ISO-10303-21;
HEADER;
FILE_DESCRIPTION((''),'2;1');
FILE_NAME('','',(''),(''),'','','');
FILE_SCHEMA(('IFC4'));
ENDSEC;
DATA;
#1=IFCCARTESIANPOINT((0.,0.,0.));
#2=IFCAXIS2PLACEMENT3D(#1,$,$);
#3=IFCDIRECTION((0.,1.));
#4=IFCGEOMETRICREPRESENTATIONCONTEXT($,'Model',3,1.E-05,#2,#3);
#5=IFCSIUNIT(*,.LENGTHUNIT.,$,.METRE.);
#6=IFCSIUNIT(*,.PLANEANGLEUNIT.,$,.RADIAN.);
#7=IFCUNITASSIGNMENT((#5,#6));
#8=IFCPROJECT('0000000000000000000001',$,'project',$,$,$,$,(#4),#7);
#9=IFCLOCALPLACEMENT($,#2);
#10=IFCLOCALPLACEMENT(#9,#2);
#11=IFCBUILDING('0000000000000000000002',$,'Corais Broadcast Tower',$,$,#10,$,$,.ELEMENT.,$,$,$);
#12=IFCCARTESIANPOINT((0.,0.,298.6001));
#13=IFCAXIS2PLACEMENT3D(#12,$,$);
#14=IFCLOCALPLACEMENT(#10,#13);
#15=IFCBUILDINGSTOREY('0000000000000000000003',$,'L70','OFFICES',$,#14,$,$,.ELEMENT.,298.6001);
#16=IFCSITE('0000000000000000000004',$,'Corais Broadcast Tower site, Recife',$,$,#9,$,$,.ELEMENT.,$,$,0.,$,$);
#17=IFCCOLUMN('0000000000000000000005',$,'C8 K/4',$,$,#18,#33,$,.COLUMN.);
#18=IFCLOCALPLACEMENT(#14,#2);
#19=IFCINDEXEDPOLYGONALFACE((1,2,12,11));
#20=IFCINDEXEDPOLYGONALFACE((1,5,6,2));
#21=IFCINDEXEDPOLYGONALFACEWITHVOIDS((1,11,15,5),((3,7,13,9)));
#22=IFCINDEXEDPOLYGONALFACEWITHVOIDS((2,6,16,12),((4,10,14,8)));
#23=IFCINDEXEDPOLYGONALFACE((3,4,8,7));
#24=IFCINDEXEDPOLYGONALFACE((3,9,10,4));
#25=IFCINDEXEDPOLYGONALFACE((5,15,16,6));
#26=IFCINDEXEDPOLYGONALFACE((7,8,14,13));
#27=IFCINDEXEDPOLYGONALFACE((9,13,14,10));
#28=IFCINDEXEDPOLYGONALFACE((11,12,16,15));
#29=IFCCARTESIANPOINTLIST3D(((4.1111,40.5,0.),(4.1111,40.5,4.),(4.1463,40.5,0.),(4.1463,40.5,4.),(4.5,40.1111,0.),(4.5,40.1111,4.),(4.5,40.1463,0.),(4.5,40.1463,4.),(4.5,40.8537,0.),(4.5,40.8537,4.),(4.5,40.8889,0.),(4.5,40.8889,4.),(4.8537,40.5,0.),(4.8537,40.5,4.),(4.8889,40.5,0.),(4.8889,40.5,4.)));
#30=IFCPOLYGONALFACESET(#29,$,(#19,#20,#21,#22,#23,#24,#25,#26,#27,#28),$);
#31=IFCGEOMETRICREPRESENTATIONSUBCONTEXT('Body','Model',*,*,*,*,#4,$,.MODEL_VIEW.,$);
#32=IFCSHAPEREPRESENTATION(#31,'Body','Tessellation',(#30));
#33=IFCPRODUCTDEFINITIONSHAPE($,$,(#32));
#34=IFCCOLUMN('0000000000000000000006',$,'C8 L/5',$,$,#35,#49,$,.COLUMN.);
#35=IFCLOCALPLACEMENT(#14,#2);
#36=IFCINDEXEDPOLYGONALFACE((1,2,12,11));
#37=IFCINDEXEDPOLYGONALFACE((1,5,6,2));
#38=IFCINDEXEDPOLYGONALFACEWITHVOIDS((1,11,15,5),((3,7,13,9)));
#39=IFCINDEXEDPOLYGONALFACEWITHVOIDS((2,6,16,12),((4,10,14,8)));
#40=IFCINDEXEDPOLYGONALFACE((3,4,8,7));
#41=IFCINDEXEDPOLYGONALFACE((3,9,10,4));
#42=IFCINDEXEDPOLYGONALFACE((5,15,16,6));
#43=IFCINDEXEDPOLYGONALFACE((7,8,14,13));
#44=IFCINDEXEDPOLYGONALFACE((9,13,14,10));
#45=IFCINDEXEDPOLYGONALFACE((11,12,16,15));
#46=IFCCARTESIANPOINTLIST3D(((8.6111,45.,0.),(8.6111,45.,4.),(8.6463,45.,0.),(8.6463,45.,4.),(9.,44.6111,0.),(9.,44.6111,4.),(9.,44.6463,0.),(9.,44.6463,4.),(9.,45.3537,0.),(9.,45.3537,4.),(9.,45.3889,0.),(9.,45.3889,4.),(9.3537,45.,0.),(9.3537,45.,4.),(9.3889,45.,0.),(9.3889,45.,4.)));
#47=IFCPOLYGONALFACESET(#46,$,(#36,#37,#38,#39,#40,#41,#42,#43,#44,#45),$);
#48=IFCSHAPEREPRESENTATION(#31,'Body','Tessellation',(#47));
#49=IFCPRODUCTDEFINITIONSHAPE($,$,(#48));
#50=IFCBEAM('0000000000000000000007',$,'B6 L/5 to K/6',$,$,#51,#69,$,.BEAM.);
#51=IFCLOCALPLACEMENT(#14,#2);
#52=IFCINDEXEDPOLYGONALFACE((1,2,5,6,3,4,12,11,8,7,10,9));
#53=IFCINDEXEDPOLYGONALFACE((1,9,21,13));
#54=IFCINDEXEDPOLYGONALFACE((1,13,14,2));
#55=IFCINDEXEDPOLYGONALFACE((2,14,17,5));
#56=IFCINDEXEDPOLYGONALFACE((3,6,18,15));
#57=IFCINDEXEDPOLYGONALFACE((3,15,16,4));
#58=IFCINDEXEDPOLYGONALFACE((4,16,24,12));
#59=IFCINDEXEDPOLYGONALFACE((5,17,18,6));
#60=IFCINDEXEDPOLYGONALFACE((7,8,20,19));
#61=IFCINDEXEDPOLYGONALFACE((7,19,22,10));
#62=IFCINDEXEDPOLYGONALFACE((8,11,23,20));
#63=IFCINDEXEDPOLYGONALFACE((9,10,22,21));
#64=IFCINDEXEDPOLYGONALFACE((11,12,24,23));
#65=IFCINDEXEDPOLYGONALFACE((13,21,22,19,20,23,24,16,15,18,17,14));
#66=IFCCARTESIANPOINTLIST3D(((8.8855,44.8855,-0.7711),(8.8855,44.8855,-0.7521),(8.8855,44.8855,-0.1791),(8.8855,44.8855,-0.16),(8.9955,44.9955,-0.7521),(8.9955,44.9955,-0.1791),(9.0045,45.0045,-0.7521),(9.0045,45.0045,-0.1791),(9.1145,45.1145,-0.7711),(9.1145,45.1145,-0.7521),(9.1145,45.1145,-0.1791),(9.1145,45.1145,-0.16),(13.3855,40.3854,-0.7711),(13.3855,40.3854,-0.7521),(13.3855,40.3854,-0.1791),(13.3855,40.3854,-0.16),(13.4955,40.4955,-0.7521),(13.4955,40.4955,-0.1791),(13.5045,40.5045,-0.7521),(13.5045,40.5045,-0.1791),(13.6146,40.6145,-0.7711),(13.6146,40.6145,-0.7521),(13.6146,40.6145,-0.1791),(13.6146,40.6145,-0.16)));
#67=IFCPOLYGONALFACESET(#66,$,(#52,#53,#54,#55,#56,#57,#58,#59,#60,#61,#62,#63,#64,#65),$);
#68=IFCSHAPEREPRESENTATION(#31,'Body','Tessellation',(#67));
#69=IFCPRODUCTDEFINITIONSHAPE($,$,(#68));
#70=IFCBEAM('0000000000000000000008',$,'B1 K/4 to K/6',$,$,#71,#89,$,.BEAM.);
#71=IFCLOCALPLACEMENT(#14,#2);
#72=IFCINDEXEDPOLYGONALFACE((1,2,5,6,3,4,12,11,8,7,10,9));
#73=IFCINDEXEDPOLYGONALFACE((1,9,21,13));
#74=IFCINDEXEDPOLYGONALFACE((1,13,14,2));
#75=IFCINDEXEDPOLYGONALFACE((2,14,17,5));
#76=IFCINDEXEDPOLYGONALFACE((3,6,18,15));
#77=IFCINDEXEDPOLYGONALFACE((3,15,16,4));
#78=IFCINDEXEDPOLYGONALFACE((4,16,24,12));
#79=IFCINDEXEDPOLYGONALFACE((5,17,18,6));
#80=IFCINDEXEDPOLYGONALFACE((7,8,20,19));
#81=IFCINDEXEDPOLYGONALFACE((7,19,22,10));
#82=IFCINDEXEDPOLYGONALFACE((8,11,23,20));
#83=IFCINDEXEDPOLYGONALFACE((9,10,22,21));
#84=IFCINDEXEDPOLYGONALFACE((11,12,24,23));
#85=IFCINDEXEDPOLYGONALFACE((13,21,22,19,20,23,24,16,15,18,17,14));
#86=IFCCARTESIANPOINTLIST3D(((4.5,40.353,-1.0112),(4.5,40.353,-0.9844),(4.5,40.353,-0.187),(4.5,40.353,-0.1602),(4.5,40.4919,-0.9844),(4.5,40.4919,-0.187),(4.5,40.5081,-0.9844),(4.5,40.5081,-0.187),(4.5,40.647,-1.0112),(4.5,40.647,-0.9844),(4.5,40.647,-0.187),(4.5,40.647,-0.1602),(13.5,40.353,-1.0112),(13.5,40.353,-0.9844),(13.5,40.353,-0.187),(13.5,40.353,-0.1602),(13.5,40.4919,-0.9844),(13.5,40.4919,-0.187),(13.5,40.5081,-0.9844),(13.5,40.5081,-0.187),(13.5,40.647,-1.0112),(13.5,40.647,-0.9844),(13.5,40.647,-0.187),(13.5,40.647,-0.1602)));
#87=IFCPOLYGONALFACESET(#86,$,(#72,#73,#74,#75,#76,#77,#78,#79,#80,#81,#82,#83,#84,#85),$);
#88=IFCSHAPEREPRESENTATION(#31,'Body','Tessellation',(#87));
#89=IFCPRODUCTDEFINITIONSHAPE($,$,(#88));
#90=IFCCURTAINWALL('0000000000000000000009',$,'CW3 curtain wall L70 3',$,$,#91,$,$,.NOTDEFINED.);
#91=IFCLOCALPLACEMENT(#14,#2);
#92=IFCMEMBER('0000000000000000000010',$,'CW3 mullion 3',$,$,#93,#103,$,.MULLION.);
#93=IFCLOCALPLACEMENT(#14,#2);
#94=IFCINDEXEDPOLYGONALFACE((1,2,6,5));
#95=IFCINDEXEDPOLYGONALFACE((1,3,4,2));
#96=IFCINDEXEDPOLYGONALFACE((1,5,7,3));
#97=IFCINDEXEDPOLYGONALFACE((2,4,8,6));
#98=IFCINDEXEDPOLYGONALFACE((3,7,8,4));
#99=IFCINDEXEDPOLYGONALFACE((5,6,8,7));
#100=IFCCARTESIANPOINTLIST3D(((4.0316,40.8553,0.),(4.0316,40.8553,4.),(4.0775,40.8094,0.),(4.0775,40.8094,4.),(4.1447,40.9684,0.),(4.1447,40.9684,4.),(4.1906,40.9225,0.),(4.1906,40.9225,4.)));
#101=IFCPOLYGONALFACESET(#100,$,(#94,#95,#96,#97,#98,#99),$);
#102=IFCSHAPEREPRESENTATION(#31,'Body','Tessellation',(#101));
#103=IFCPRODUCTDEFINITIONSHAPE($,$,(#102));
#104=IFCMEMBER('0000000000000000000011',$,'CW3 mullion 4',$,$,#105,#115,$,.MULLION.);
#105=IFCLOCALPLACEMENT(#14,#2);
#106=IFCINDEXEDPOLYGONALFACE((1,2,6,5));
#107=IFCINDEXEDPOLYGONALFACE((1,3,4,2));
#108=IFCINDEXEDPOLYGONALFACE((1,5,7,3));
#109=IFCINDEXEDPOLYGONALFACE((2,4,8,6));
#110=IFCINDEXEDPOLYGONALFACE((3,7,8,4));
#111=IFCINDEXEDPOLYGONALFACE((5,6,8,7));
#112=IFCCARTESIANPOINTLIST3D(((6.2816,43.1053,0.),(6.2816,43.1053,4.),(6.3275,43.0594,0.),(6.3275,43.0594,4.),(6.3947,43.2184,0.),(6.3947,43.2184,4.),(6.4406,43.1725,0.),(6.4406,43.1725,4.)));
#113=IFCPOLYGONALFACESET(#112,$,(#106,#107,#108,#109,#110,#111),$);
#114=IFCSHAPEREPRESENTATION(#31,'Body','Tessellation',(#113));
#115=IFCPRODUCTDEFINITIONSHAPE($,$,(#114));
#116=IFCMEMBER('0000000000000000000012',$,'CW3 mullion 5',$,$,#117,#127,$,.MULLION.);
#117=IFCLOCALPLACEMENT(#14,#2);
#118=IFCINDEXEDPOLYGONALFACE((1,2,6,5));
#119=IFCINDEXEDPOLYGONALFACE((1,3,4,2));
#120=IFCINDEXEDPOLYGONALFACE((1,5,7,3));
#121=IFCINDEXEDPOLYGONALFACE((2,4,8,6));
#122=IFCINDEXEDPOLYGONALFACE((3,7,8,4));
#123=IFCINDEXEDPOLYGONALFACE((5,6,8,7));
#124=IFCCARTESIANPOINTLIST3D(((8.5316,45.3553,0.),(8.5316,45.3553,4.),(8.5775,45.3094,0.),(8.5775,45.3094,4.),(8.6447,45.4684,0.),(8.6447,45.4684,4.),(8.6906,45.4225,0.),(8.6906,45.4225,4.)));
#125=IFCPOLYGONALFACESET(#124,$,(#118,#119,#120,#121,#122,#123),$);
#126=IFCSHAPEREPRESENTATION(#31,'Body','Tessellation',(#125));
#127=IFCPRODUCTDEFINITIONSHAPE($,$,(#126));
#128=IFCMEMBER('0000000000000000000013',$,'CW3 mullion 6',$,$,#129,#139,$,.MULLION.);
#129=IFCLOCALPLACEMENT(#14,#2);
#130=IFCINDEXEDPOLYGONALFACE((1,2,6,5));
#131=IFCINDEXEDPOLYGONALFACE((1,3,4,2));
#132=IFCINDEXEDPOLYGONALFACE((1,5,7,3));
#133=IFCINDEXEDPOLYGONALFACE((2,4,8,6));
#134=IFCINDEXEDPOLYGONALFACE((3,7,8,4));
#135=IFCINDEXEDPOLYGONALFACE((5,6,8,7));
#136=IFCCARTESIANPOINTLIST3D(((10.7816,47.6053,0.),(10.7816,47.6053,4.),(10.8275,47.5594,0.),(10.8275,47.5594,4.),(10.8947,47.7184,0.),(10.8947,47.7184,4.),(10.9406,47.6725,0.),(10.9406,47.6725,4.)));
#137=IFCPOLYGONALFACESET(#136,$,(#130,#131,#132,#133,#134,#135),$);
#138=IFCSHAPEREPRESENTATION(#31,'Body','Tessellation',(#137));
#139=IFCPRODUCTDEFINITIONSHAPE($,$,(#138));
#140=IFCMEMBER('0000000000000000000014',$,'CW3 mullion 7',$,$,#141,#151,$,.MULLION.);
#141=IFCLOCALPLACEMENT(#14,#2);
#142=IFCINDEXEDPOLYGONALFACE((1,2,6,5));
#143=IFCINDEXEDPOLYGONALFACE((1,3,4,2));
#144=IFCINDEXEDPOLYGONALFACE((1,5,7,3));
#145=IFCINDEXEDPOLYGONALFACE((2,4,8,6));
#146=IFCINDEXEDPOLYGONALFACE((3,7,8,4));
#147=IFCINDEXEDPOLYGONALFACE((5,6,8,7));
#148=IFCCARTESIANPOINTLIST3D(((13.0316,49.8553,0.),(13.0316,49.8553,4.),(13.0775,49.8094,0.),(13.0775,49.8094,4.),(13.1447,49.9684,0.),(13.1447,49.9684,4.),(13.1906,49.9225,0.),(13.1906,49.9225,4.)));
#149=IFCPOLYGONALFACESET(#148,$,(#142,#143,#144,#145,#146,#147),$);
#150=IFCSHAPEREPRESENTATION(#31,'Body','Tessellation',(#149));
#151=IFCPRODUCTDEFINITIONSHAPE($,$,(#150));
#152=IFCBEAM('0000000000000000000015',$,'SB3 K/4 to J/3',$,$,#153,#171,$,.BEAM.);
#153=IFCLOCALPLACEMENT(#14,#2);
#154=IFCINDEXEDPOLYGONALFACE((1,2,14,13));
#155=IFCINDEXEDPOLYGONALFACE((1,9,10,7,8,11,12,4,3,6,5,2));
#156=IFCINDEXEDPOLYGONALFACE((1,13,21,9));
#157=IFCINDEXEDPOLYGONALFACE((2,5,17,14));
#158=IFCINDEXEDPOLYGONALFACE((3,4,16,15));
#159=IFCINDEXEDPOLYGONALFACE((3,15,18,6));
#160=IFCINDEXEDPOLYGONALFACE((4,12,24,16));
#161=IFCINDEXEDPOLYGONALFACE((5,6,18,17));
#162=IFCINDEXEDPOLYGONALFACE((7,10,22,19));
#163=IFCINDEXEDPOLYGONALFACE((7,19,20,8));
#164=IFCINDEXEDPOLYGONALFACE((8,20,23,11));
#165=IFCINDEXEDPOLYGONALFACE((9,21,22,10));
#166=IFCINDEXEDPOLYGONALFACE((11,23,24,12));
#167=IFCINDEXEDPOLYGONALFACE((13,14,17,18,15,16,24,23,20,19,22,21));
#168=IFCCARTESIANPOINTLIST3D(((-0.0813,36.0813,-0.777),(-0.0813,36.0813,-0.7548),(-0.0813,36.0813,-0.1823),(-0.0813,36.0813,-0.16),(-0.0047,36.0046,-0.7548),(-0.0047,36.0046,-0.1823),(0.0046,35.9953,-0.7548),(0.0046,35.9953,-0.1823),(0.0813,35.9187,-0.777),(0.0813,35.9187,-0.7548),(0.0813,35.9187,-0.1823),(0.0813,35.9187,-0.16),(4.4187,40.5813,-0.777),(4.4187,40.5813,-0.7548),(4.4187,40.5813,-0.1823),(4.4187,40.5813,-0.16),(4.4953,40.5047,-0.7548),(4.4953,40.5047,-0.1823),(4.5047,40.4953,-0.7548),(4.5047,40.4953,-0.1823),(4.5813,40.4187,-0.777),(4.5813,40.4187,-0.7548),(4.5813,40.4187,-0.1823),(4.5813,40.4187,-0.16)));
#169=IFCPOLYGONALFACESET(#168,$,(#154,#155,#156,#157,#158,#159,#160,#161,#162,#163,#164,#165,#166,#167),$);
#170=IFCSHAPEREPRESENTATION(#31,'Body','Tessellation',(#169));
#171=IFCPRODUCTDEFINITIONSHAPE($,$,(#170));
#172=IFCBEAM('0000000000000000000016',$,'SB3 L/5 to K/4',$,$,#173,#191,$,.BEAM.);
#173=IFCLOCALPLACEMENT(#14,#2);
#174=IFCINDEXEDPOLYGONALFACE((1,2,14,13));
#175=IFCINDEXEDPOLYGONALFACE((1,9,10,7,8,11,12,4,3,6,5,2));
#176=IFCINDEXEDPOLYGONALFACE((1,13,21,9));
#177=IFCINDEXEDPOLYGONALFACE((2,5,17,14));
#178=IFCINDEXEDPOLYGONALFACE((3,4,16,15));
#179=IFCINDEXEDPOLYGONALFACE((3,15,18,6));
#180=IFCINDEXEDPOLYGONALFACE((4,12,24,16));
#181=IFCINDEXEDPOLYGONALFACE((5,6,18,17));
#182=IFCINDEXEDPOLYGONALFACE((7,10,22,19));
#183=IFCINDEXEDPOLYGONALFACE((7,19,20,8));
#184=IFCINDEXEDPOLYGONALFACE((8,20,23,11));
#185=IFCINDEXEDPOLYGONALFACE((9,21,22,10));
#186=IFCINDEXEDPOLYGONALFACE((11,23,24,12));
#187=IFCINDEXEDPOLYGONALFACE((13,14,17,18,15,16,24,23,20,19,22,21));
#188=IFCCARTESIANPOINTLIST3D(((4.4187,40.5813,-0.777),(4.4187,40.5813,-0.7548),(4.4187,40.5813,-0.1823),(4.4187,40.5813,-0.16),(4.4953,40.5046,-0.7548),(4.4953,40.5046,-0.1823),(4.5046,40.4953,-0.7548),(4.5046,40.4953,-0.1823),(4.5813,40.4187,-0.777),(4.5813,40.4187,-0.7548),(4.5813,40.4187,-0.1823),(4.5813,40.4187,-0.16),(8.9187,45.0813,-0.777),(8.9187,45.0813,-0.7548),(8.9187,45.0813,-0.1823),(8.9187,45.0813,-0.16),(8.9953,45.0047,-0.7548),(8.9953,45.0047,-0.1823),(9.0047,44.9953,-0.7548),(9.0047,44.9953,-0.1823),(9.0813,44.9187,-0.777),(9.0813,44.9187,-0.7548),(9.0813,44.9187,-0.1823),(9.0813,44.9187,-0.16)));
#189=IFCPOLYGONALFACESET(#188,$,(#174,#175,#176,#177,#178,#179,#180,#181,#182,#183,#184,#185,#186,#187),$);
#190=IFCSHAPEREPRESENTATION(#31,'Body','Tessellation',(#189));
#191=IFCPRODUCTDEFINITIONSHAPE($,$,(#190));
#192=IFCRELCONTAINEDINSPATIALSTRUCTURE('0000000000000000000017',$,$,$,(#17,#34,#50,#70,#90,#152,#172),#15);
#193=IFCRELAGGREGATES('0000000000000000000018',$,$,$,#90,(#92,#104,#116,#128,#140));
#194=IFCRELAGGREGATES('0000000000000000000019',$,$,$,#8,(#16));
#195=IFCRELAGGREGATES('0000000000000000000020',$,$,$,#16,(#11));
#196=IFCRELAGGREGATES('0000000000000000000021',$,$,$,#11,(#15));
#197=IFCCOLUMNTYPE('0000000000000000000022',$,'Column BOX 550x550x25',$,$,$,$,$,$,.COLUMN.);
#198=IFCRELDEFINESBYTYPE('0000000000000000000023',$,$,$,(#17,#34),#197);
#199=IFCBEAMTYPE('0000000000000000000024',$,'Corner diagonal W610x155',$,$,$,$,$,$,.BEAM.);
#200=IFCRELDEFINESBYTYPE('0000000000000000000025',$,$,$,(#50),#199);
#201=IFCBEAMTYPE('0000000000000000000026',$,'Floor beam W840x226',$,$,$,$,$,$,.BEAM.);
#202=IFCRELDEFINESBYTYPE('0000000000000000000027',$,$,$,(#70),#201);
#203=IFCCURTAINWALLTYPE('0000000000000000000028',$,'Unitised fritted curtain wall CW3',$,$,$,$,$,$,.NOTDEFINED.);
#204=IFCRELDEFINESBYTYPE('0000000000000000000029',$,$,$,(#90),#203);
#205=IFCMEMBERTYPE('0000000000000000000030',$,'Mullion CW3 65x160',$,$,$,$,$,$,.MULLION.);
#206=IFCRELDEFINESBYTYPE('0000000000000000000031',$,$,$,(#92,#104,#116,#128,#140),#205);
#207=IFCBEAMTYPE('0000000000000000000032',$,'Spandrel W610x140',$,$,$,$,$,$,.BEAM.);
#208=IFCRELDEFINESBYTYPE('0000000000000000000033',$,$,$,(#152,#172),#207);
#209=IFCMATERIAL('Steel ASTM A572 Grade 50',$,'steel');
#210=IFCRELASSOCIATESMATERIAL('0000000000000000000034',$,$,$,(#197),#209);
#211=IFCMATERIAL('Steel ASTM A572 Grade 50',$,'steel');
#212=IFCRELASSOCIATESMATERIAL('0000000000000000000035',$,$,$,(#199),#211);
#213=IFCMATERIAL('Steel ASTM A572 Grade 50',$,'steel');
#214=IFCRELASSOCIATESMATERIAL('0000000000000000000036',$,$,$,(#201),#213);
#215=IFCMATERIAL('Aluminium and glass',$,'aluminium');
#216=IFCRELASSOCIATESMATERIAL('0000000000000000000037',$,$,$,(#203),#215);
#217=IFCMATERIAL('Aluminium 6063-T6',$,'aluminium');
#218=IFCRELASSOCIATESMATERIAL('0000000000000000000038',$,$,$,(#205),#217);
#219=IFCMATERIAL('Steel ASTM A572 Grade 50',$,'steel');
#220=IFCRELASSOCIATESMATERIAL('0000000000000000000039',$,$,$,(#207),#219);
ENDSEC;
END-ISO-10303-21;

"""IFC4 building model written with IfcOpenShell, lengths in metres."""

from ifc_helpers import new_model, si_unit, direction, frame, origin, origin_2d, place, context, subcontext, project, spatial, rectangle, hollow_rectangle, i_section, extrude, material, material_profile, profile_set, type_object, element, aggregate, save


model = new_model("IFC4")

# Units and contexts
model_context = context("Model", 3, precision=1e-05, world=origin(), true_north=direction((0.0, 1.0)))
body_context = subcontext(model_context, "Body", "Model", "MODEL_VIEW")
ifc_project = project(units=[si_unit("LENGTHUNIT", "METRE"), si_unit("PLANEANGLEUNIT", "RADIAN")], contexts=[model_context])

# Site, building, storey
site_placement = place(None, origin())
site = spatial("IfcSite", under=ifc_project, at=site_placement, Name="Corais Broadcast Tower site, Recife", CompositionType="ELEMENT", RefElevation=0.0)
building_placement = place(site_placement, origin())
building = spatial("IfcBuilding", under=site, at=building_placement, Name="Corais Broadcast Tower", CompositionType="ELEMENT")
storey_placement = place(building_placement, frame((0.0, 0.0, 298.6001)))
storey = spatial("IfcBuildingStorey", under=building, at=storey_placement, Name="L70", Description="OFFICES", CompositionType="ELEMENT", Elevation=298.6001)

# Columns
ifc_material_1 = material(Name="Steel ASTM A572 Grade 50", Category="steel")
ifc_material_profile_1 = material_profile(ifc_material_1, hollow_rectangle(XDim=0.55, YDim=0.55, WallThickness=0.0249, at=origin_2d()), Name="BOX 550x550x25")
ifc_profile_set_1 = profile_set([ifc_material_profile_1], Name="Steel ASTM A572 Grade 50")
column_type = type_object("IfcColumnType", Name="Column BOX 550x550x25", PredefinedType="COLUMN", material=ifc_profile_set_1)
for number, where, z_axis, x_axis, name in (
    (1, (4.5, 40.5, 0.0), (0.0, 0.0, 1.0), (0.707107, 0.707107, 0.0), "C8 K/4"),
    (2, (9.0, 45.0, 0.0), (0.0, 0.0, 1.0), (0.707107, 0.707107, 0.0), "C8 L/5"),
):
    element("IfcColumn", number, at=place(storey_placement, frame(where, z_axis=z_axis, x_axis=x_axis)), inside=storey, type_object=column_type, Name=name, PredefinedType="COLUMN", context=body_context, shape_type="SweptSolid", body=[
        extrude(hollow_rectangle(XDim=0.55, YDim=0.55, WallThickness=0.0249, at=origin_2d()), origin(), (0.0, 0.0, 1.0), 4.0),
    ])

# Beams
ifc_material_2 = material(Name="Steel ASTM A572 Grade 50", Category="steel")
ifc_material_profile_2 = material_profile(ifc_material_2, i_section(OverallWidth=0.324, OverallDepth=0.6111, WebThickness=0.0127, FlangeThickness=0.019, at=origin_2d()), Name="W610x155")
ifc_profile_set_2 = profile_set([ifc_material_profile_2], Name="Steel ASTM A572 Grade 50")
beam_type_1 = type_object("IfcBeamType", Name="Corner diagonal W610x155", PredefinedType="BEAM", material=ifc_profile_set_2)
beam_1_placement = place(storey_placement, frame((9.0, 45.0, -0.4656), z_axis=(0.707107, -0.707107, 0.0), x_axis=(0.707107, 0.707107, 0.0)))
element("IfcBeam", 3, at=beam_1_placement, inside=storey, type_object=beam_type_1, Name="B6 L/5 to K/6", PredefinedType="BEAM", context=body_context, shape_type="SweptSolid", body=[
    extrude(i_section(OverallWidth=0.324, OverallDepth=0.6111, WebThickness=0.0127, FlangeThickness=0.019, at=origin_2d()), origin(), (0.0, 0.0, 1.0), 6.364),
])
ifc_material_3 = material(Name="Steel ASTM A572 Grade 50", Category="steel")
ifc_material_profile_3 = material_profile(ifc_material_3, i_section(OverallWidth=0.2939, OverallDepth=0.8511, WebThickness=0.0161, FlangeThickness=0.0269, at=origin_2d()), Name="W840x226")
ifc_profile_set_3 = profile_set([ifc_material_profile_3], Name="Steel ASTM A572 Grade 50")
beam_type_2 = type_object("IfcBeamType", Name="Floor beam W840x226", PredefinedType="BEAM", material=ifc_profile_set_3)
beam_2_placement = place(storey_placement, frame((4.5, 40.5, -0.5857), z_axis=(1.0, 0.0, 0.0), x_axis=(0.0, 1.0, 0.0)))
element("IfcBeam", 4, at=beam_2_placement, inside=storey, type_object=beam_type_2, Name="B1 K/4 to K/6", PredefinedType="BEAM", context=body_context, shape_type="SweptSolid", body=[
    extrude(i_section(OverallWidth=0.2939, OverallDepth=0.8511, WebThickness=0.0161, FlangeThickness=0.0269, at=origin_2d()), origin(), (0.0, 0.0, 1.0), 9.0),
])

# Curtain wall, members
ifc_material_4 = material(Name="Aluminium and glass", Category="aluminium")
curtain_wall_type = type_object("IfcCurtainWallType", Name="Unitised fritted curtain wall CW3", PredefinedType="NOTDEFINED", material=ifc_material_4)
curtain_wall_placement = place(storey_placement, origin())
curtain_wall = element("IfcCurtainWall", 5, at=curtain_wall_placement, inside=storey, type_object=curtain_wall_type, Name="CW3 curtain wall L70 3", PredefinedType="NOTDEFINED")
ifc_material_5 = material(Name="Aluminium 6063-T6", Category="aluminium")
ifc_material_profile_4 = material_profile(ifc_material_5, rectangle(XDim=0.0649, YDim=0.1599, at=origin_2d()), Name="Mullion CW3 65x160")
ifc_profile_set_4 = profile_set([ifc_material_profile_4], Name="Aluminium 6063-T6")
member_type_1 = type_object("IfcMemberType", Name="Mullion CW3 65x160", PredefinedType="MULLION", material=ifc_profile_set_4)
member_1_placement = place(storey_placement, frame((4.1111, 40.8889, 0.0), z_axis=(0.0, 0.0, 1.0), x_axis=(-0.707107, 0.707107, 0.0)))
member_1 = element("IfcMember", 6, at=member_1_placement, type_object=member_type_1, Name="CW3 mullion 3", PredefinedType="MULLION", context=body_context, shape_type="SweptSolid", body=[
    extrude(rectangle(XDim=0.0649, YDim=0.1599, at=origin_2d()), origin(), (0.0, 0.0, 1.0), 4.0),
])
member_2_placement = place(storey_placement, frame((6.3611, 43.1389, 0.0), z_axis=(0.0, 0.0, 1.0), x_axis=(-0.707107, 0.707107, 0.0)))
member_2 = element("IfcMember", 7, at=member_2_placement, type_object=member_type_1, Name="CW3 mullion 4", PredefinedType="MULLION", context=body_context, shape_type="SweptSolid", body=[
    extrude(rectangle(XDim=0.0649, YDim=0.1599, at=origin_2d()), origin(), (0.0, 0.0, 1.0), 4.0),
])
member_3_placement = place(storey_placement, frame((8.6111, 45.3889, 0.0), z_axis=(0.0, 0.0, 1.0), x_axis=(-0.707107, 0.707107, 0.0)))
member_3 = element("IfcMember", 8, at=member_3_placement, type_object=member_type_1, Name="CW3 mullion 5", PredefinedType="MULLION", context=body_context, shape_type="SweptSolid", body=[
    extrude(rectangle(XDim=0.0649, YDim=0.1599, at=origin_2d()), origin(), (0.0, 0.0, 1.0), 4.0),
])
member_4_placement = place(storey_placement, frame((10.8611, 47.6389, 0.0), z_axis=(0.0, 0.0, 1.0), x_axis=(-0.707107, 0.707107, 0.0)))
member_4 = element("IfcMember", 9, at=member_4_placement, type_object=member_type_1, Name="CW3 mullion 6", PredefinedType="MULLION", context=body_context, shape_type="SweptSolid", body=[
    extrude(rectangle(XDim=0.0649, YDim=0.1599, at=origin_2d()), origin(), (0.0, 0.0, 1.0), 4.0),
])
member_5_placement = place(storey_placement, frame((13.1111, 49.8889, 0.0), z_axis=(0.0, 0.0, 1.0), x_axis=(-0.707107, 0.707107, 0.0)))
member_5 = element("IfcMember", 10, at=member_5_placement, type_object=member_type_1, Name="CW3 mullion 7", PredefinedType="MULLION", context=body_context, shape_type="SweptSolid", body=[
    extrude(rectangle(XDim=0.0649, YDim=0.1599, at=origin_2d()), origin(), (0.0, 0.0, 1.0), 4.0),
])

# Beams
ifc_material_6 = material(Name="Steel ASTM A572 Grade 50", Category="steel")
ifc_material_profile_5 = material_profile(ifc_material_6, i_section(OverallWidth=0.23, OverallDepth=0.6169, WebThickness=0.0132, FlangeThickness=0.0222, at=origin_2d()), Name="W610x140")
ifc_profile_set_5 = profile_set([ifc_material_profile_5], Name="Steel ASTM A572 Grade 50")
beam_type_3 = type_object("IfcBeamType", Name="Spandrel W610x140", PredefinedType="BEAM", material=ifc_profile_set_5)
for number, where, z_axis, x_axis, name in (
    (11, (4.5, 40.5, -0.4685), (-0.707107, -0.707107, 0.0), (0.707107, -0.707107, 0.0), "SB3 K/4 to J/3"),
    (12, (9.0, 45.0, -0.4685), (-0.707107, -0.707107, 0.0), (0.707107, -0.707107, 0.0), "SB3 L/5 to K/4"),
):
    element("IfcBeam", number, at=place(storey_placement, frame(where, z_axis=z_axis, x_axis=x_axis)), inside=storey, type_object=beam_type_3, Name=name, PredefinedType="BEAM", context=body_context, shape_type="SweptSolid", body=[
        extrude(i_section(OverallWidth=0.23, OverallDepth=0.6169, WebThickness=0.0132, FlangeThickness=0.0222, at=origin_2d()), origin(), (0.0, 0.0, 1.0), 6.364),
    ])

aggregate(curtain_wall, [member_1, member_2, member_3, member_4, member_5])

save(model, "model.ifc")
